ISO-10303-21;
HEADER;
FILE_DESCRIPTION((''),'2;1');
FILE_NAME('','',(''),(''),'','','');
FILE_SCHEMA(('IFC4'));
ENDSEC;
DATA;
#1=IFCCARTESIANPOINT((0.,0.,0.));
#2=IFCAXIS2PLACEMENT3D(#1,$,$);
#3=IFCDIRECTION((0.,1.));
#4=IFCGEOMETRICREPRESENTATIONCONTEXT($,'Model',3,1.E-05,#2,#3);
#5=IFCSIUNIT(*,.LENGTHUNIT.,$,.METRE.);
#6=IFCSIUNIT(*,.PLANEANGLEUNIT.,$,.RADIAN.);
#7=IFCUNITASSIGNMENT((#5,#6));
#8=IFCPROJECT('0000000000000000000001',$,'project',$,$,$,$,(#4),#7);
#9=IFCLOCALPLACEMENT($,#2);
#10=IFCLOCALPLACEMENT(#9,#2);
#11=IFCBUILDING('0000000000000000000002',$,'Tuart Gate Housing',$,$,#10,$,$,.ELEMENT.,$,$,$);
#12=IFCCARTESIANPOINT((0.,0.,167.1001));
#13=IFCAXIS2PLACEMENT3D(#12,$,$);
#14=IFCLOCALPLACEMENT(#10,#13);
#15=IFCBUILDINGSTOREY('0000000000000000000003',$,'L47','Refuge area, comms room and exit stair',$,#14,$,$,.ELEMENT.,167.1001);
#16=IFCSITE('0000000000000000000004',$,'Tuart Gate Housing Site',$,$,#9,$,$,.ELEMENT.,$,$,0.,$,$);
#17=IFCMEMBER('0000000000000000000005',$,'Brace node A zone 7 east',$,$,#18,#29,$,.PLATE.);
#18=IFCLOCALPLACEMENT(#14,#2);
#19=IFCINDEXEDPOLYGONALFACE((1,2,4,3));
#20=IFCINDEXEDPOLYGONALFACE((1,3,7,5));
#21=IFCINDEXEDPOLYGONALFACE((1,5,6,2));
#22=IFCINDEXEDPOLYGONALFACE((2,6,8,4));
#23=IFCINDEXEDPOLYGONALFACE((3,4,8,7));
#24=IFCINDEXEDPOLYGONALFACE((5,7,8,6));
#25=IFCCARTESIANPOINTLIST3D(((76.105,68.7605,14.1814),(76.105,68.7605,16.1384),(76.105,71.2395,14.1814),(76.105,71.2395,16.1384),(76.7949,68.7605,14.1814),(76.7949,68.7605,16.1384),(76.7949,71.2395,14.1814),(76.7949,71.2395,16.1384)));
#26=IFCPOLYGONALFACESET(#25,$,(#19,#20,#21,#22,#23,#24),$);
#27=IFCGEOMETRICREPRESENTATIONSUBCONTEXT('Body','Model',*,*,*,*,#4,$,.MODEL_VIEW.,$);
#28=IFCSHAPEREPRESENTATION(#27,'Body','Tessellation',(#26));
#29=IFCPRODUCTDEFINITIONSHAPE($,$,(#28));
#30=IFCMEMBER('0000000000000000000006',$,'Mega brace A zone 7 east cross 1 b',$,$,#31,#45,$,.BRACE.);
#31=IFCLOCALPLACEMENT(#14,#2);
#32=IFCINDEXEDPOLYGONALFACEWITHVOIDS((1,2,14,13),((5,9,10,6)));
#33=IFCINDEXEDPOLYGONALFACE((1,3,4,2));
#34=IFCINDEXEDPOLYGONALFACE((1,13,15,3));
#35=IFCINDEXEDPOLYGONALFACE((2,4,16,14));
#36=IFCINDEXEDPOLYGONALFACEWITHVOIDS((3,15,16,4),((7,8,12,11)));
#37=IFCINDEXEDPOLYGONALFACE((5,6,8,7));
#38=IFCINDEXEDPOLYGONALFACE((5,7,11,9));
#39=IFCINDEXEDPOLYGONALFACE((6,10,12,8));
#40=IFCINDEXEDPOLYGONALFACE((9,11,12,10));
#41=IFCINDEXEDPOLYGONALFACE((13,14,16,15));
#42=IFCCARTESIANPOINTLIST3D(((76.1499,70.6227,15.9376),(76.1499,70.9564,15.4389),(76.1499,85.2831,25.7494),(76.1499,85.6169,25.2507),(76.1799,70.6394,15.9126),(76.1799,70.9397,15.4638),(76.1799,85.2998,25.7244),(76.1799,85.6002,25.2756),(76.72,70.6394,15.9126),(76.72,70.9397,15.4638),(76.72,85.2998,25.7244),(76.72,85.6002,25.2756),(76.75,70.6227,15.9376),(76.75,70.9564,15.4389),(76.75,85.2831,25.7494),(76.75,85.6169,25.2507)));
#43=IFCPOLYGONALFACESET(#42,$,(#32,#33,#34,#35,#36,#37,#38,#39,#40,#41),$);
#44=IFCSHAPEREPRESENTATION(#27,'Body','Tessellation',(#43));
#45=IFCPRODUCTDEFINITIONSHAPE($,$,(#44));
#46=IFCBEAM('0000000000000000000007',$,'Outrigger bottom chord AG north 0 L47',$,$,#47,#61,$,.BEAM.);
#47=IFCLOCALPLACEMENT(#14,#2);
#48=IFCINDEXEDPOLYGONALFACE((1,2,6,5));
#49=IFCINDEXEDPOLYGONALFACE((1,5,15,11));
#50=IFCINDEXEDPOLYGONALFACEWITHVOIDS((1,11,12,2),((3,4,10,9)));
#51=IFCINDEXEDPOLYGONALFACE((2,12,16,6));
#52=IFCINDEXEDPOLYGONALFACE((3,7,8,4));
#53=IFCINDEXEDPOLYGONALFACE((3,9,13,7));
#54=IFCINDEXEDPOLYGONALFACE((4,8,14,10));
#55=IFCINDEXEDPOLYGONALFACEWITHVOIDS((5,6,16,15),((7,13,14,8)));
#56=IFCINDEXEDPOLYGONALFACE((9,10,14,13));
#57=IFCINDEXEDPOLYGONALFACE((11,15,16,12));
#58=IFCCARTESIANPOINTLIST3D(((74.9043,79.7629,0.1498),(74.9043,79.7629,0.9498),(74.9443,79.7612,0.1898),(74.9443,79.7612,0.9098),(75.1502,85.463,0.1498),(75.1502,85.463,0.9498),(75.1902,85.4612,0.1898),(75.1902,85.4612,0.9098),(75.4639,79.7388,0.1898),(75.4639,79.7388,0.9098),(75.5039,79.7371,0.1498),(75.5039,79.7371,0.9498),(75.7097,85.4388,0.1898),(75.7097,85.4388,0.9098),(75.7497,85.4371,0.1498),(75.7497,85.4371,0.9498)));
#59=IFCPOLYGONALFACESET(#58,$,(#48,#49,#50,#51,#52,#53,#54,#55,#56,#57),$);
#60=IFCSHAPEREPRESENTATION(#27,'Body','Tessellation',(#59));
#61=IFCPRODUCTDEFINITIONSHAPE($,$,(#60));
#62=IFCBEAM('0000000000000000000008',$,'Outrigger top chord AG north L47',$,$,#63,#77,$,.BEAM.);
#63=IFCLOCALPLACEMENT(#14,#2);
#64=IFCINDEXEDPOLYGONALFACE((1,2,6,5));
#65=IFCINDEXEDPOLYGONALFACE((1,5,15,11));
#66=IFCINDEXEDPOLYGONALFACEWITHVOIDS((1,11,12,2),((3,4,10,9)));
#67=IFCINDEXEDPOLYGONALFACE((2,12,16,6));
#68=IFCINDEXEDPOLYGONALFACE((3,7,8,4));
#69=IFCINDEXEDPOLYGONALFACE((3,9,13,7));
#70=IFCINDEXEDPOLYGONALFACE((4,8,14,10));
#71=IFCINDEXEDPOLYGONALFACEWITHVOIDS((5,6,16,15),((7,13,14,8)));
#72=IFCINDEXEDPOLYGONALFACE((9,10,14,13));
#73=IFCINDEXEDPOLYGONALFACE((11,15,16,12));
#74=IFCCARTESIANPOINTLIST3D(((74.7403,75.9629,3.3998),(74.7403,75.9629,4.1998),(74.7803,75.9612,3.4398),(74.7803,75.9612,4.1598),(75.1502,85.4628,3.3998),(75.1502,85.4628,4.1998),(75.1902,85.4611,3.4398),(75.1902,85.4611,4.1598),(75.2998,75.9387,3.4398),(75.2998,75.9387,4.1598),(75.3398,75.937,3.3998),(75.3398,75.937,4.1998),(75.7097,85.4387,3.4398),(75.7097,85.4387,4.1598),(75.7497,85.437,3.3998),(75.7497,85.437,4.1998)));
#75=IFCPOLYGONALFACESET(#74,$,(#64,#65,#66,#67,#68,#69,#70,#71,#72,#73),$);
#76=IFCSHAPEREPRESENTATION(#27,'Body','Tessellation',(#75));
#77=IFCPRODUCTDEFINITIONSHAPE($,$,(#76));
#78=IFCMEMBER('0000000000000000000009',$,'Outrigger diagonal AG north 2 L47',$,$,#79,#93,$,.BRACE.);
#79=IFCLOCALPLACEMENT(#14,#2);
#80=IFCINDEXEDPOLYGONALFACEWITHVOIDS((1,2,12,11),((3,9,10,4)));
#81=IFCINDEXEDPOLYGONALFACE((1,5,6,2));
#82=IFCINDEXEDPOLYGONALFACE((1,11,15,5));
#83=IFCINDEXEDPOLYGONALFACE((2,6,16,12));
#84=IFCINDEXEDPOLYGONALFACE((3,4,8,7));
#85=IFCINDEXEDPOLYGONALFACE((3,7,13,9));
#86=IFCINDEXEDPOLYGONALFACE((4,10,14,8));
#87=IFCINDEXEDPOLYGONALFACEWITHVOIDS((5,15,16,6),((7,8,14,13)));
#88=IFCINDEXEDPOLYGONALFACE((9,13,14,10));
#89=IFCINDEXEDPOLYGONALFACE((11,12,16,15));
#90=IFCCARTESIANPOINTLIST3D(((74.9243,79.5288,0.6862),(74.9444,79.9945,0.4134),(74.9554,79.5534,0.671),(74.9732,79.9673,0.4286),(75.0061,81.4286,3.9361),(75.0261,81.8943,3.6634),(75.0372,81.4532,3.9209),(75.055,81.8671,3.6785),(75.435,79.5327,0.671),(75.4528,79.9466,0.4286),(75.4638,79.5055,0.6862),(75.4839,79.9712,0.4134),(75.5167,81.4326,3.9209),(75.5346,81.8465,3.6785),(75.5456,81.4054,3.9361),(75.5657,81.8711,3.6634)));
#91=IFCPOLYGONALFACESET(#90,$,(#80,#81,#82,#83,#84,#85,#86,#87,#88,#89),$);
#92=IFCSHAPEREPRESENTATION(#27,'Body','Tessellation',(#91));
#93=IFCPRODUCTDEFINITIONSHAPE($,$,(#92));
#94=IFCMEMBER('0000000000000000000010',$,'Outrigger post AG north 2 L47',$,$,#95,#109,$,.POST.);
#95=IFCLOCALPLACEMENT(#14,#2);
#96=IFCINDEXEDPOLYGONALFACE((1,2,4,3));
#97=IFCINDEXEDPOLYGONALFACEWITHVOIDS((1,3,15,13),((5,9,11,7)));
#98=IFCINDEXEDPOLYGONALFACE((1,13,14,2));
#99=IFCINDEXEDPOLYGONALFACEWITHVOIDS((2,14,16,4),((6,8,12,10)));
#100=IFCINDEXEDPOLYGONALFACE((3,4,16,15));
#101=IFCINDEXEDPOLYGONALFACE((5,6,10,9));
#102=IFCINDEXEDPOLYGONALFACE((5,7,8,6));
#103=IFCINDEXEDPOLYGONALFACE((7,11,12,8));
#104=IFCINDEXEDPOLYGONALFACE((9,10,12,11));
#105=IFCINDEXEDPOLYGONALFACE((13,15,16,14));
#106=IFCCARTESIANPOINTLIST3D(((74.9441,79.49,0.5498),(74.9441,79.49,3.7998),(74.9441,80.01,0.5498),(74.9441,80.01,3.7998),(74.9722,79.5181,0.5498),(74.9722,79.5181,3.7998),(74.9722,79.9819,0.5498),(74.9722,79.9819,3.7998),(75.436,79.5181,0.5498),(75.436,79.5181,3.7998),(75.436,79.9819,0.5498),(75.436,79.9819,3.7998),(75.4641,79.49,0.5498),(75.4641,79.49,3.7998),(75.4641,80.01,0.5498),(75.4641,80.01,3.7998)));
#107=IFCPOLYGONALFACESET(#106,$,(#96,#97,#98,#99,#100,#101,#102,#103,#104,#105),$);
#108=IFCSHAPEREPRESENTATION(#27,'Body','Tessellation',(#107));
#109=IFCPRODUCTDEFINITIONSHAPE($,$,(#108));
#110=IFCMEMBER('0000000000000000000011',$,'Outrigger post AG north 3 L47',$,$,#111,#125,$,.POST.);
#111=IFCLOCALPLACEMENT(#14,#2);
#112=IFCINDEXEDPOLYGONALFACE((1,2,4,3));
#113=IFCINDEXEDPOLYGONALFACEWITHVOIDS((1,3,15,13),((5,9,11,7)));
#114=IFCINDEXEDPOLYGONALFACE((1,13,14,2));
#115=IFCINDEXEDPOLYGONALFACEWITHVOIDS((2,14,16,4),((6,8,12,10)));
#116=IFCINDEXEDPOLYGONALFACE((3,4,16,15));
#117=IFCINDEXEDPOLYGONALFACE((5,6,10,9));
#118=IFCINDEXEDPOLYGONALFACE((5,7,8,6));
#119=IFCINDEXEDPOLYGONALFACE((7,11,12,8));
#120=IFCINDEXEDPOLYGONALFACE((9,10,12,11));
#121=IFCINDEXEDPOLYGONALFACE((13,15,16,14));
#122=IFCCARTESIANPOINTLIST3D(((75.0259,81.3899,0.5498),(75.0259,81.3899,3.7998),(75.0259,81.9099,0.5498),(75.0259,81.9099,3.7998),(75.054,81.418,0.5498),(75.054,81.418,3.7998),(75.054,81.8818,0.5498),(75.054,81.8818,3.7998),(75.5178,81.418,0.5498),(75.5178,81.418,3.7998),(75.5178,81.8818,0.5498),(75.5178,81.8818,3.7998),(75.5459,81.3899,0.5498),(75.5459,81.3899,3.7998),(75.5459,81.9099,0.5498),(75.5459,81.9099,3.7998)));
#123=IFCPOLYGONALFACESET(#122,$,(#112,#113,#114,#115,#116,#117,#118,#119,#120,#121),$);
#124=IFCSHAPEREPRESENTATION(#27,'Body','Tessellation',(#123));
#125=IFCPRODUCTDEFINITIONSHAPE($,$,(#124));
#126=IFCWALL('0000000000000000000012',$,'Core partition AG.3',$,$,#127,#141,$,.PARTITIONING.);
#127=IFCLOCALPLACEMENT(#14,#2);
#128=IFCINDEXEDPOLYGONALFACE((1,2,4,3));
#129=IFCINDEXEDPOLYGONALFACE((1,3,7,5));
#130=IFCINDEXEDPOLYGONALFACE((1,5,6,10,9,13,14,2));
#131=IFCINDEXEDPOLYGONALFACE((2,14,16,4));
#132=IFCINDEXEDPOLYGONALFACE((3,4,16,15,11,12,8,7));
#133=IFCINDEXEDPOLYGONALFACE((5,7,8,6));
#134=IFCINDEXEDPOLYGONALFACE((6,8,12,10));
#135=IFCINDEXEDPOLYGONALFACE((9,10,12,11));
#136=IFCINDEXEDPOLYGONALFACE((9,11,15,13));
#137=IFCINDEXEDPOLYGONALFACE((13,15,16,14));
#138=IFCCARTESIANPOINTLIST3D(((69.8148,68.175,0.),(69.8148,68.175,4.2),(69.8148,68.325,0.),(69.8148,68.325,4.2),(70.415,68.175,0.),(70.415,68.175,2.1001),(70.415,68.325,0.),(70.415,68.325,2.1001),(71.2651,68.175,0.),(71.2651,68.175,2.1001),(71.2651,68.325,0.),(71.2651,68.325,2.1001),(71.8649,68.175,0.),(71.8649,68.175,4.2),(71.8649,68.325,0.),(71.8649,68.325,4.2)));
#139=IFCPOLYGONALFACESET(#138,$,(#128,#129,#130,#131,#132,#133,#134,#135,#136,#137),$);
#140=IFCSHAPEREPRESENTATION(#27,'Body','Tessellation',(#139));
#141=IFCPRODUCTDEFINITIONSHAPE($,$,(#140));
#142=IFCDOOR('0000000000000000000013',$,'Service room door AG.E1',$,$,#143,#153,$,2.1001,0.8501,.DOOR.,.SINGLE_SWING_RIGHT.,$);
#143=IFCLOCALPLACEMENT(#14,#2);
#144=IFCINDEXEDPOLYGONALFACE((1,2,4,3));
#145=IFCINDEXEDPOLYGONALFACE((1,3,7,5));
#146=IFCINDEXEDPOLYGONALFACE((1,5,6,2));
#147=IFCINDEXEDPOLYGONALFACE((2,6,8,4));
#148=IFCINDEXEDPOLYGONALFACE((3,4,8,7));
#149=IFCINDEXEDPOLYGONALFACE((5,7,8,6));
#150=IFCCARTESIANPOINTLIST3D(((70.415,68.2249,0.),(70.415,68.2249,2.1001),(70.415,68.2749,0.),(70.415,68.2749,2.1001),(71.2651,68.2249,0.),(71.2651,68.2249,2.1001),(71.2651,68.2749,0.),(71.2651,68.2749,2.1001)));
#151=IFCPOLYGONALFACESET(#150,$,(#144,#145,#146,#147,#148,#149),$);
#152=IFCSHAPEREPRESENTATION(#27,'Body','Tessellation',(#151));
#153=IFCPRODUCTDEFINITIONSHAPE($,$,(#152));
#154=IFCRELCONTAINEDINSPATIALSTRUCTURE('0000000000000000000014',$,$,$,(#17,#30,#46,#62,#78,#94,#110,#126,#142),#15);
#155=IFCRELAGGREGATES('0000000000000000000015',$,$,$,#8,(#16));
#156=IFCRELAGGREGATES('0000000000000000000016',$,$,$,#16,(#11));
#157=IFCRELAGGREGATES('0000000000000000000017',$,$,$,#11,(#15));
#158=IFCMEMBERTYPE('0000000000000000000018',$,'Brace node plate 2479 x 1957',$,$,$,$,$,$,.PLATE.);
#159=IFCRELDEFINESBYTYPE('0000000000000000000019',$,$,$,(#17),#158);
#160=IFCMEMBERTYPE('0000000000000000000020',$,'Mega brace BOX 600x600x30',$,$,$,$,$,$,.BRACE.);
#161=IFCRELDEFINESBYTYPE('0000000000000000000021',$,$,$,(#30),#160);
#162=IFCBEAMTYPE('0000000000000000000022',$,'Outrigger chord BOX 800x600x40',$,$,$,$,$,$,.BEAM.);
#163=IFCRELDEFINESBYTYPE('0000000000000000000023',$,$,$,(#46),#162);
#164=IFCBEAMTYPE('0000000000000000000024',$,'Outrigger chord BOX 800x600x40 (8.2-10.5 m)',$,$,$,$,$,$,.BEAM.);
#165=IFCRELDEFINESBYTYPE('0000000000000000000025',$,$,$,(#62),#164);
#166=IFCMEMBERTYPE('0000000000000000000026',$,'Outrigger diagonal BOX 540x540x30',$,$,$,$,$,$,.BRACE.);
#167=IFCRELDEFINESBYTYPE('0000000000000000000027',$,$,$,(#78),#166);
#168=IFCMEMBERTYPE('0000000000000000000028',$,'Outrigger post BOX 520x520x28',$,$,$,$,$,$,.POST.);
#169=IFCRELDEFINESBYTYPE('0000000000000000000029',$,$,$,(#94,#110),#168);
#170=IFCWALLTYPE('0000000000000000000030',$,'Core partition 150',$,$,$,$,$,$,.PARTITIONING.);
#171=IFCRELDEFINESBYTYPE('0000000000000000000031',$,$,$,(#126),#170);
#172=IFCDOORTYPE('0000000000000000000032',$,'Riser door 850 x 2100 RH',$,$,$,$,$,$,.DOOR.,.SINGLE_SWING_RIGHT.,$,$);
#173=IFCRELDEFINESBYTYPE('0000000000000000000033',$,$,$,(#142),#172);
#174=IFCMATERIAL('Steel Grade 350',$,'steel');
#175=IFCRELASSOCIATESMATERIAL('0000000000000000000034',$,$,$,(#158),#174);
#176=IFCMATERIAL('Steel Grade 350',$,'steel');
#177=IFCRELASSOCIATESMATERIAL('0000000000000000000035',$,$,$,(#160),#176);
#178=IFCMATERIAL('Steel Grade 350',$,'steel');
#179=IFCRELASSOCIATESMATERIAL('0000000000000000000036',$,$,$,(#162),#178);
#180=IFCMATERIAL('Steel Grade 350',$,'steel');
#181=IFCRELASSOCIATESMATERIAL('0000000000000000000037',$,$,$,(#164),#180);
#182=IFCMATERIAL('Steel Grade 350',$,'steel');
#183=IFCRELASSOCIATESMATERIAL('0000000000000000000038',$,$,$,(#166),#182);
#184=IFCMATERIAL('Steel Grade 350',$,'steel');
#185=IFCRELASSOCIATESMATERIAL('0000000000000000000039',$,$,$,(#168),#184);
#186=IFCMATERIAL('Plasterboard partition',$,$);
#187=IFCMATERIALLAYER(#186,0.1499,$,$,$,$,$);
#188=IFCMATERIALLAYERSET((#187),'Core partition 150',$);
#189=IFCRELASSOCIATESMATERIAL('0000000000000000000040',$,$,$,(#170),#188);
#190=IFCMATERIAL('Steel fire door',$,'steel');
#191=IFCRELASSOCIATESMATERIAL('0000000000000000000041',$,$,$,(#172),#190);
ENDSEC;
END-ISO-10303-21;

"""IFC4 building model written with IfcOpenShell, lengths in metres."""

from ifc_helpers import new_model, si_unit, direction, frame, frame_2d, origin, origin_2d, place, context, subcontext, project, spatial, rectangle, hollow_rectangle, extrude, material, layer, layer_set, material_profile, profile_set, type_object, element, fill, save


model = new_model("IFC4")

# Units and contexts
model_context = context("Model", 3, precision=1e-05, world=origin(), true_north=direction((0.0, 1.0)))
body_context = subcontext(model_context, "Body", "Model", "MODEL_VIEW")
ifc_project = project(units=[si_unit("LENGTHUNIT", "METRE"), si_unit("PLANEANGLEUNIT", "RADIAN")], contexts=[model_context])

# Site, building, storey
site_placement = place(None, origin())
site = spatial("IfcSite", under=ifc_project, at=site_placement, Name="Tuart Gate Housing Site", CompositionType="ELEMENT", RefElevation=0.0)
building_placement = place(site_placement, origin())
building = spatial("IfcBuilding", under=site, at=building_placement, Name="Tuart Gate Housing", CompositionType="ELEMENT")
storey_placement = place(building_placement, frame((0.0, 0.0, 167.1001)))
storey = spatial("IfcBuildingStorey", under=building, at=storey_placement, Name="L47", Description="Refuge area, comms room and exit stair", CompositionType="ELEMENT", Elevation=167.1001)

# Members
ifc_material_1 = material(Name="Steel Grade 350", Category="steel")
ifc_material_profile_1 = material_profile(ifc_material_1, rectangle(XDim=2.479, YDim=1.957, at=origin_2d()), Name="Brace node plate 2479 x 1957")
ifc_profile_set_1 = profile_set([ifc_material_profile_1], Name="Steel Grade 350")
member_type_1 = type_object("IfcMemberType", Name="Brace node plate 2479 x 1957", PredefinedType="PLATE", material=ifc_profile_set_1)
member_1_placement = place(storey_placement, frame((76.105, 70.0, 15.1599), z_axis=(1.0, 0.0, 0.0), x_axis=(0.0, 1.0, 0.0)))
element("IfcMember", 1, at=member_1_placement, inside=storey, type_object=member_type_1, Name="Brace node A zone 7 east", PredefinedType="PLATE", context=body_context, shape_type="SweptSolid", body=[
    extrude(rectangle(XDim=2.479, YDim=1.957, at=origin_2d()), origin(), (0.0, 0.0, 1.0), 0.6899),
])
ifc_material_2 = material(Name="Steel Grade 350", Category="steel")
ifc_material_profile_2 = material_profile(ifc_material_2, hollow_rectangle(XDim=0.6001, YDim=0.6001, WallThickness=0.03, at=origin_2d()), Name="BOX 600x600x30")
ifc_profile_set_2 = profile_set([ifc_material_profile_2], Name="Steel Grade 350")
member_type_2 = type_object("IfcMemberType", Name="Mega brace BOX 600x600x30", PredefinedType="BRACE", material=ifc_profile_set_2)
member_2_placement = place(storey_placement, frame((76.45, 70.7896, 15.6882), z_axis=(0.0, 0.83105, 0.556197), x_axis=(-1.0, 0.0, 0.0)))
element("IfcMember", 2, at=member_2_placement, inside=storey, type_object=member_type_2, Name="Mega brace A zone 7 east cross 1 b", PredefinedType="BRACE", context=body_context, shape_type="SweptSolid", body=[
    extrude(hollow_rectangle(XDim=0.6001, YDim=0.6001, WallThickness=0.03, at=origin_2d()), origin(), (0.0, 0.0, 1.0), 17.6409),
])

# Beams
ifc_material_3 = material(Name="Steel Grade 350", Category="steel")
ifc_material_profile_3 = material_profile(ifc_material_3, hollow_rectangle(XDim=0.6001, YDim=0.8, WallThickness=0.04, at=origin_2d()), Name="BOX 800x600x40")
ifc_profile_set_3 = profile_set([ifc_material_profile_3], Name="Steel Grade 350")
beam_type_1 = type_object("IfcBeamType", Name="Outrigger chord BOX 800x600x40", PredefinedType="BEAM", material=ifc_profile_set_3)
beam_1_placement = place(storey_placement, frame((75.2041, 79.75, 0.5498), z_axis=(0.043092, 0.999071, 0.0), x_axis=(-0.999071, 0.043092, 0.0)))
element("IfcBeam", 3, at=beam_1_placement, inside=storey, type_object=beam_type_1, Name="Outrigger bottom chord AG north 0 L47", PredefinedType="BEAM", context=body_context, shape_type="SweptSolid", body=[
    extrude(hollow_rectangle(XDim=0.6001, YDim=0.8, WallThickness=0.04, at=origin_2d()), origin(), (0.0, 0.0, 1.0), 5.7053),
])
ifc_material_4 = material(Name="Steel Grade 350", Category="steel")
ifc_material_profile_4 = material_profile(ifc_material_4, hollow_rectangle(XDim=0.6001, YDim=0.8, WallThickness=0.04, at=origin_2d()), Name="BOX 800x600x40")
ifc_profile_set_4 = profile_set([ifc_material_profile_4], Name="Steel Grade 350")
beam_type_2 = type_object("IfcBeamType", Name="Outrigger chord BOX 800x600x40 (8.2-10.5 m)", PredefinedType="BEAM", material=ifc_profile_set_4)
beam_2_placement = place(storey_placement, frame((75.04, 75.95, 3.7998), z_axis=(0.043109, 0.99907, 0.0), x_axis=(-0.99907, 0.043109, 0.0)))
element("IfcBeam", 4, at=beam_2_placement, inside=storey, type_object=beam_type_2, Name="Outrigger top chord AG north L47", PredefinedType="BEAM", context=body_context, shape_type="SweptSolid", body=[
    extrude(hollow_rectangle(XDim=0.6001, YDim=0.8, WallThickness=0.04, at=origin_2d()), origin(), (0.0, 0.0, 1.0), 9.5088),
])

# Members
ifc_material_5 = material(Name="Steel Grade 350", Category="steel")
ifc_material_profile_5 = material_profile(ifc_material_5, hollow_rectangle(XDim=0.54, YDim=0.54, WallThickness=0.03, at=origin_2d()), Name="BOX 540x540x30")
ifc_profile_set_5 = profile_set([ifc_material_profile_5], Name="Steel Grade 350")
member_type_3 = type_object("IfcMemberType", Name="Outrigger diagonal BOX 540x540x30", PredefinedType="BRACE", material=ifc_profile_set_5)
member_3_placement = place(storey_placement, frame((75.2041, 79.75, 0.5498), z_axis=(0.02172, 0.504558, 0.863104), x_axis=(-0.999075, 0.043008, 0.0)))
element("IfcMember", 5, at=member_3_placement, inside=storey, type_object=member_type_3, Name="Outrigger diagonal AG north 2 L47", PredefinedType="BRACE", context=body_context, shape_type="SweptSolid", body=[
    extrude(hollow_rectangle(XDim=0.54, YDim=0.54, WallThickness=0.03, at=origin_2d()), origin(), (0.0, 0.0, 1.0), 3.7654),
])
ifc_material_6 = material(Name="Steel Grade 350", Category="steel")
ifc_material_profile_6 = material_profile(ifc_material_6, hollow_rectangle(XDim=0.52, YDim=0.52, WallThickness=0.0281, at=origin_2d()), Name="BOX 520x520x28")
ifc_profile_set_6 = profile_set([ifc_material_profile_6], Name="Steel Grade 350")
member_type_4 = type_object("IfcMemberType", Name="Outrigger post BOX 520x520x28", PredefinedType="POST", material=ifc_profile_set_6)
for number, where, z_axis, x_axis, name in (
    (6, (75.2041, 79.75, 0.5498), (0.0, 0.0, 1.0), (1.0, 0.0, 0.0), "Outrigger post AG north 2 L47"),
    (7, (75.2859, 81.6499, 0.5498), (0.0, 0.0, 1.0), (1.0, 0.0, 0.0), "Outrigger post AG north 3 L47"),
):
    element("IfcMember", number, at=place(storey_placement, frame(where, z_axis=z_axis, x_axis=x_axis)), inside=storey, type_object=member_type_4, Name=name, PredefinedType="POST", context=body_context, shape_type="SweptSolid", body=[
        extrude(hollow_rectangle(XDim=0.52, YDim=0.52, WallThickness=0.0281, at=origin_2d()), origin(), (0.0, 0.0, 1.0), 3.25),
    ])

# Wall, opening, door
ifc_material_7 = material(Name="Plasterboard partition")
ifc_layer_1 = layer(ifc_material_7, 0.1499)
ifc_layer_set_1 = layer_set([ifc_layer_1], Name="Core partition 150")
wall_type_1 = type_object("IfcWallType", Name="Core partition 150", PredefinedType="PARTITIONING", material=ifc_layer_set_1)
wall_1_placement = place(storey_placement, frame((69.8149, 68.25, 0.0), z_axis=(0.0, 0.0, 1.0), x_axis=(1.0, 0.0, 0.0)))
wall_1 = element("IfcWall", 8, at=wall_1_placement, inside=storey, type_object=wall_type_1, Name="Core partition AG.3", PredefinedType="PARTITIONING", context=body_context, shape_type="SweptSolid", body=[
    extrude(rectangle(XDim=2.05, YDim=0.1499, at=frame_2d((1.0249, 0.0))), origin(), (0.0, 0.0, 1.0), 4.2),
])
opening_1_placement = place(wall_1_placement, frame((0.6001, 0.0, 0.0)))
opening_1 = element("IfcOpeningElement", 9, at=opening_1_placement, cuts=wall_1, PredefinedType="OPENING", context=body_context, shape_type="SweptSolid", body=[
    extrude(rectangle(XDim=0.8501, YDim=2.1001, at=frame_2d((0.425, 1.05))), frame((0.0, 0.085, 0.0), z_axis=(0.0, -1.0, 0.0), x_axis=(1.0, 0.0, 0.0)), (0.0, 0.0, 1.0), 0.1699),
])
ifc_material_8 = material(Name="Steel fire door", Category="steel")
door_type_1 = type_object("IfcDoorType", Name="Riser door 850 x 2100 RH", OperationType="SINGLE_SWING_RIGHT", PredefinedType="DOOR", material=ifc_material_8)
door_1_placement = place(opening_1_placement, frame((0.8501, 0.0, 0.0), z_axis=(0.0, 0.0, 1.0), x_axis=(-1.0, 0.0, 0.0)))
door_1 = element("IfcDoor", 10, at=door_1_placement, inside=storey, type_object=door_type_1, Name="Service room door AG.E1", OperationType="SINGLE_SWING_RIGHT", OverallHeight=2.1001, OverallWidth=0.8501, PredefinedType="DOOR", context=body_context, shape_type="SweptSolid", body=[
    extrude(rectangle(XDim=0.8501, YDim=2.1001, at=frame_2d((0.425, 1.05))), frame((0.0, 0.0251, 0.0), z_axis=(0.0, -1.0, 0.0), x_axis=(1.0, 0.0, 0.0)), (0.0, 0.0, 1.0), 0.05),
])
fill(opening_1, door_1)

save(model, "model.ifc")
